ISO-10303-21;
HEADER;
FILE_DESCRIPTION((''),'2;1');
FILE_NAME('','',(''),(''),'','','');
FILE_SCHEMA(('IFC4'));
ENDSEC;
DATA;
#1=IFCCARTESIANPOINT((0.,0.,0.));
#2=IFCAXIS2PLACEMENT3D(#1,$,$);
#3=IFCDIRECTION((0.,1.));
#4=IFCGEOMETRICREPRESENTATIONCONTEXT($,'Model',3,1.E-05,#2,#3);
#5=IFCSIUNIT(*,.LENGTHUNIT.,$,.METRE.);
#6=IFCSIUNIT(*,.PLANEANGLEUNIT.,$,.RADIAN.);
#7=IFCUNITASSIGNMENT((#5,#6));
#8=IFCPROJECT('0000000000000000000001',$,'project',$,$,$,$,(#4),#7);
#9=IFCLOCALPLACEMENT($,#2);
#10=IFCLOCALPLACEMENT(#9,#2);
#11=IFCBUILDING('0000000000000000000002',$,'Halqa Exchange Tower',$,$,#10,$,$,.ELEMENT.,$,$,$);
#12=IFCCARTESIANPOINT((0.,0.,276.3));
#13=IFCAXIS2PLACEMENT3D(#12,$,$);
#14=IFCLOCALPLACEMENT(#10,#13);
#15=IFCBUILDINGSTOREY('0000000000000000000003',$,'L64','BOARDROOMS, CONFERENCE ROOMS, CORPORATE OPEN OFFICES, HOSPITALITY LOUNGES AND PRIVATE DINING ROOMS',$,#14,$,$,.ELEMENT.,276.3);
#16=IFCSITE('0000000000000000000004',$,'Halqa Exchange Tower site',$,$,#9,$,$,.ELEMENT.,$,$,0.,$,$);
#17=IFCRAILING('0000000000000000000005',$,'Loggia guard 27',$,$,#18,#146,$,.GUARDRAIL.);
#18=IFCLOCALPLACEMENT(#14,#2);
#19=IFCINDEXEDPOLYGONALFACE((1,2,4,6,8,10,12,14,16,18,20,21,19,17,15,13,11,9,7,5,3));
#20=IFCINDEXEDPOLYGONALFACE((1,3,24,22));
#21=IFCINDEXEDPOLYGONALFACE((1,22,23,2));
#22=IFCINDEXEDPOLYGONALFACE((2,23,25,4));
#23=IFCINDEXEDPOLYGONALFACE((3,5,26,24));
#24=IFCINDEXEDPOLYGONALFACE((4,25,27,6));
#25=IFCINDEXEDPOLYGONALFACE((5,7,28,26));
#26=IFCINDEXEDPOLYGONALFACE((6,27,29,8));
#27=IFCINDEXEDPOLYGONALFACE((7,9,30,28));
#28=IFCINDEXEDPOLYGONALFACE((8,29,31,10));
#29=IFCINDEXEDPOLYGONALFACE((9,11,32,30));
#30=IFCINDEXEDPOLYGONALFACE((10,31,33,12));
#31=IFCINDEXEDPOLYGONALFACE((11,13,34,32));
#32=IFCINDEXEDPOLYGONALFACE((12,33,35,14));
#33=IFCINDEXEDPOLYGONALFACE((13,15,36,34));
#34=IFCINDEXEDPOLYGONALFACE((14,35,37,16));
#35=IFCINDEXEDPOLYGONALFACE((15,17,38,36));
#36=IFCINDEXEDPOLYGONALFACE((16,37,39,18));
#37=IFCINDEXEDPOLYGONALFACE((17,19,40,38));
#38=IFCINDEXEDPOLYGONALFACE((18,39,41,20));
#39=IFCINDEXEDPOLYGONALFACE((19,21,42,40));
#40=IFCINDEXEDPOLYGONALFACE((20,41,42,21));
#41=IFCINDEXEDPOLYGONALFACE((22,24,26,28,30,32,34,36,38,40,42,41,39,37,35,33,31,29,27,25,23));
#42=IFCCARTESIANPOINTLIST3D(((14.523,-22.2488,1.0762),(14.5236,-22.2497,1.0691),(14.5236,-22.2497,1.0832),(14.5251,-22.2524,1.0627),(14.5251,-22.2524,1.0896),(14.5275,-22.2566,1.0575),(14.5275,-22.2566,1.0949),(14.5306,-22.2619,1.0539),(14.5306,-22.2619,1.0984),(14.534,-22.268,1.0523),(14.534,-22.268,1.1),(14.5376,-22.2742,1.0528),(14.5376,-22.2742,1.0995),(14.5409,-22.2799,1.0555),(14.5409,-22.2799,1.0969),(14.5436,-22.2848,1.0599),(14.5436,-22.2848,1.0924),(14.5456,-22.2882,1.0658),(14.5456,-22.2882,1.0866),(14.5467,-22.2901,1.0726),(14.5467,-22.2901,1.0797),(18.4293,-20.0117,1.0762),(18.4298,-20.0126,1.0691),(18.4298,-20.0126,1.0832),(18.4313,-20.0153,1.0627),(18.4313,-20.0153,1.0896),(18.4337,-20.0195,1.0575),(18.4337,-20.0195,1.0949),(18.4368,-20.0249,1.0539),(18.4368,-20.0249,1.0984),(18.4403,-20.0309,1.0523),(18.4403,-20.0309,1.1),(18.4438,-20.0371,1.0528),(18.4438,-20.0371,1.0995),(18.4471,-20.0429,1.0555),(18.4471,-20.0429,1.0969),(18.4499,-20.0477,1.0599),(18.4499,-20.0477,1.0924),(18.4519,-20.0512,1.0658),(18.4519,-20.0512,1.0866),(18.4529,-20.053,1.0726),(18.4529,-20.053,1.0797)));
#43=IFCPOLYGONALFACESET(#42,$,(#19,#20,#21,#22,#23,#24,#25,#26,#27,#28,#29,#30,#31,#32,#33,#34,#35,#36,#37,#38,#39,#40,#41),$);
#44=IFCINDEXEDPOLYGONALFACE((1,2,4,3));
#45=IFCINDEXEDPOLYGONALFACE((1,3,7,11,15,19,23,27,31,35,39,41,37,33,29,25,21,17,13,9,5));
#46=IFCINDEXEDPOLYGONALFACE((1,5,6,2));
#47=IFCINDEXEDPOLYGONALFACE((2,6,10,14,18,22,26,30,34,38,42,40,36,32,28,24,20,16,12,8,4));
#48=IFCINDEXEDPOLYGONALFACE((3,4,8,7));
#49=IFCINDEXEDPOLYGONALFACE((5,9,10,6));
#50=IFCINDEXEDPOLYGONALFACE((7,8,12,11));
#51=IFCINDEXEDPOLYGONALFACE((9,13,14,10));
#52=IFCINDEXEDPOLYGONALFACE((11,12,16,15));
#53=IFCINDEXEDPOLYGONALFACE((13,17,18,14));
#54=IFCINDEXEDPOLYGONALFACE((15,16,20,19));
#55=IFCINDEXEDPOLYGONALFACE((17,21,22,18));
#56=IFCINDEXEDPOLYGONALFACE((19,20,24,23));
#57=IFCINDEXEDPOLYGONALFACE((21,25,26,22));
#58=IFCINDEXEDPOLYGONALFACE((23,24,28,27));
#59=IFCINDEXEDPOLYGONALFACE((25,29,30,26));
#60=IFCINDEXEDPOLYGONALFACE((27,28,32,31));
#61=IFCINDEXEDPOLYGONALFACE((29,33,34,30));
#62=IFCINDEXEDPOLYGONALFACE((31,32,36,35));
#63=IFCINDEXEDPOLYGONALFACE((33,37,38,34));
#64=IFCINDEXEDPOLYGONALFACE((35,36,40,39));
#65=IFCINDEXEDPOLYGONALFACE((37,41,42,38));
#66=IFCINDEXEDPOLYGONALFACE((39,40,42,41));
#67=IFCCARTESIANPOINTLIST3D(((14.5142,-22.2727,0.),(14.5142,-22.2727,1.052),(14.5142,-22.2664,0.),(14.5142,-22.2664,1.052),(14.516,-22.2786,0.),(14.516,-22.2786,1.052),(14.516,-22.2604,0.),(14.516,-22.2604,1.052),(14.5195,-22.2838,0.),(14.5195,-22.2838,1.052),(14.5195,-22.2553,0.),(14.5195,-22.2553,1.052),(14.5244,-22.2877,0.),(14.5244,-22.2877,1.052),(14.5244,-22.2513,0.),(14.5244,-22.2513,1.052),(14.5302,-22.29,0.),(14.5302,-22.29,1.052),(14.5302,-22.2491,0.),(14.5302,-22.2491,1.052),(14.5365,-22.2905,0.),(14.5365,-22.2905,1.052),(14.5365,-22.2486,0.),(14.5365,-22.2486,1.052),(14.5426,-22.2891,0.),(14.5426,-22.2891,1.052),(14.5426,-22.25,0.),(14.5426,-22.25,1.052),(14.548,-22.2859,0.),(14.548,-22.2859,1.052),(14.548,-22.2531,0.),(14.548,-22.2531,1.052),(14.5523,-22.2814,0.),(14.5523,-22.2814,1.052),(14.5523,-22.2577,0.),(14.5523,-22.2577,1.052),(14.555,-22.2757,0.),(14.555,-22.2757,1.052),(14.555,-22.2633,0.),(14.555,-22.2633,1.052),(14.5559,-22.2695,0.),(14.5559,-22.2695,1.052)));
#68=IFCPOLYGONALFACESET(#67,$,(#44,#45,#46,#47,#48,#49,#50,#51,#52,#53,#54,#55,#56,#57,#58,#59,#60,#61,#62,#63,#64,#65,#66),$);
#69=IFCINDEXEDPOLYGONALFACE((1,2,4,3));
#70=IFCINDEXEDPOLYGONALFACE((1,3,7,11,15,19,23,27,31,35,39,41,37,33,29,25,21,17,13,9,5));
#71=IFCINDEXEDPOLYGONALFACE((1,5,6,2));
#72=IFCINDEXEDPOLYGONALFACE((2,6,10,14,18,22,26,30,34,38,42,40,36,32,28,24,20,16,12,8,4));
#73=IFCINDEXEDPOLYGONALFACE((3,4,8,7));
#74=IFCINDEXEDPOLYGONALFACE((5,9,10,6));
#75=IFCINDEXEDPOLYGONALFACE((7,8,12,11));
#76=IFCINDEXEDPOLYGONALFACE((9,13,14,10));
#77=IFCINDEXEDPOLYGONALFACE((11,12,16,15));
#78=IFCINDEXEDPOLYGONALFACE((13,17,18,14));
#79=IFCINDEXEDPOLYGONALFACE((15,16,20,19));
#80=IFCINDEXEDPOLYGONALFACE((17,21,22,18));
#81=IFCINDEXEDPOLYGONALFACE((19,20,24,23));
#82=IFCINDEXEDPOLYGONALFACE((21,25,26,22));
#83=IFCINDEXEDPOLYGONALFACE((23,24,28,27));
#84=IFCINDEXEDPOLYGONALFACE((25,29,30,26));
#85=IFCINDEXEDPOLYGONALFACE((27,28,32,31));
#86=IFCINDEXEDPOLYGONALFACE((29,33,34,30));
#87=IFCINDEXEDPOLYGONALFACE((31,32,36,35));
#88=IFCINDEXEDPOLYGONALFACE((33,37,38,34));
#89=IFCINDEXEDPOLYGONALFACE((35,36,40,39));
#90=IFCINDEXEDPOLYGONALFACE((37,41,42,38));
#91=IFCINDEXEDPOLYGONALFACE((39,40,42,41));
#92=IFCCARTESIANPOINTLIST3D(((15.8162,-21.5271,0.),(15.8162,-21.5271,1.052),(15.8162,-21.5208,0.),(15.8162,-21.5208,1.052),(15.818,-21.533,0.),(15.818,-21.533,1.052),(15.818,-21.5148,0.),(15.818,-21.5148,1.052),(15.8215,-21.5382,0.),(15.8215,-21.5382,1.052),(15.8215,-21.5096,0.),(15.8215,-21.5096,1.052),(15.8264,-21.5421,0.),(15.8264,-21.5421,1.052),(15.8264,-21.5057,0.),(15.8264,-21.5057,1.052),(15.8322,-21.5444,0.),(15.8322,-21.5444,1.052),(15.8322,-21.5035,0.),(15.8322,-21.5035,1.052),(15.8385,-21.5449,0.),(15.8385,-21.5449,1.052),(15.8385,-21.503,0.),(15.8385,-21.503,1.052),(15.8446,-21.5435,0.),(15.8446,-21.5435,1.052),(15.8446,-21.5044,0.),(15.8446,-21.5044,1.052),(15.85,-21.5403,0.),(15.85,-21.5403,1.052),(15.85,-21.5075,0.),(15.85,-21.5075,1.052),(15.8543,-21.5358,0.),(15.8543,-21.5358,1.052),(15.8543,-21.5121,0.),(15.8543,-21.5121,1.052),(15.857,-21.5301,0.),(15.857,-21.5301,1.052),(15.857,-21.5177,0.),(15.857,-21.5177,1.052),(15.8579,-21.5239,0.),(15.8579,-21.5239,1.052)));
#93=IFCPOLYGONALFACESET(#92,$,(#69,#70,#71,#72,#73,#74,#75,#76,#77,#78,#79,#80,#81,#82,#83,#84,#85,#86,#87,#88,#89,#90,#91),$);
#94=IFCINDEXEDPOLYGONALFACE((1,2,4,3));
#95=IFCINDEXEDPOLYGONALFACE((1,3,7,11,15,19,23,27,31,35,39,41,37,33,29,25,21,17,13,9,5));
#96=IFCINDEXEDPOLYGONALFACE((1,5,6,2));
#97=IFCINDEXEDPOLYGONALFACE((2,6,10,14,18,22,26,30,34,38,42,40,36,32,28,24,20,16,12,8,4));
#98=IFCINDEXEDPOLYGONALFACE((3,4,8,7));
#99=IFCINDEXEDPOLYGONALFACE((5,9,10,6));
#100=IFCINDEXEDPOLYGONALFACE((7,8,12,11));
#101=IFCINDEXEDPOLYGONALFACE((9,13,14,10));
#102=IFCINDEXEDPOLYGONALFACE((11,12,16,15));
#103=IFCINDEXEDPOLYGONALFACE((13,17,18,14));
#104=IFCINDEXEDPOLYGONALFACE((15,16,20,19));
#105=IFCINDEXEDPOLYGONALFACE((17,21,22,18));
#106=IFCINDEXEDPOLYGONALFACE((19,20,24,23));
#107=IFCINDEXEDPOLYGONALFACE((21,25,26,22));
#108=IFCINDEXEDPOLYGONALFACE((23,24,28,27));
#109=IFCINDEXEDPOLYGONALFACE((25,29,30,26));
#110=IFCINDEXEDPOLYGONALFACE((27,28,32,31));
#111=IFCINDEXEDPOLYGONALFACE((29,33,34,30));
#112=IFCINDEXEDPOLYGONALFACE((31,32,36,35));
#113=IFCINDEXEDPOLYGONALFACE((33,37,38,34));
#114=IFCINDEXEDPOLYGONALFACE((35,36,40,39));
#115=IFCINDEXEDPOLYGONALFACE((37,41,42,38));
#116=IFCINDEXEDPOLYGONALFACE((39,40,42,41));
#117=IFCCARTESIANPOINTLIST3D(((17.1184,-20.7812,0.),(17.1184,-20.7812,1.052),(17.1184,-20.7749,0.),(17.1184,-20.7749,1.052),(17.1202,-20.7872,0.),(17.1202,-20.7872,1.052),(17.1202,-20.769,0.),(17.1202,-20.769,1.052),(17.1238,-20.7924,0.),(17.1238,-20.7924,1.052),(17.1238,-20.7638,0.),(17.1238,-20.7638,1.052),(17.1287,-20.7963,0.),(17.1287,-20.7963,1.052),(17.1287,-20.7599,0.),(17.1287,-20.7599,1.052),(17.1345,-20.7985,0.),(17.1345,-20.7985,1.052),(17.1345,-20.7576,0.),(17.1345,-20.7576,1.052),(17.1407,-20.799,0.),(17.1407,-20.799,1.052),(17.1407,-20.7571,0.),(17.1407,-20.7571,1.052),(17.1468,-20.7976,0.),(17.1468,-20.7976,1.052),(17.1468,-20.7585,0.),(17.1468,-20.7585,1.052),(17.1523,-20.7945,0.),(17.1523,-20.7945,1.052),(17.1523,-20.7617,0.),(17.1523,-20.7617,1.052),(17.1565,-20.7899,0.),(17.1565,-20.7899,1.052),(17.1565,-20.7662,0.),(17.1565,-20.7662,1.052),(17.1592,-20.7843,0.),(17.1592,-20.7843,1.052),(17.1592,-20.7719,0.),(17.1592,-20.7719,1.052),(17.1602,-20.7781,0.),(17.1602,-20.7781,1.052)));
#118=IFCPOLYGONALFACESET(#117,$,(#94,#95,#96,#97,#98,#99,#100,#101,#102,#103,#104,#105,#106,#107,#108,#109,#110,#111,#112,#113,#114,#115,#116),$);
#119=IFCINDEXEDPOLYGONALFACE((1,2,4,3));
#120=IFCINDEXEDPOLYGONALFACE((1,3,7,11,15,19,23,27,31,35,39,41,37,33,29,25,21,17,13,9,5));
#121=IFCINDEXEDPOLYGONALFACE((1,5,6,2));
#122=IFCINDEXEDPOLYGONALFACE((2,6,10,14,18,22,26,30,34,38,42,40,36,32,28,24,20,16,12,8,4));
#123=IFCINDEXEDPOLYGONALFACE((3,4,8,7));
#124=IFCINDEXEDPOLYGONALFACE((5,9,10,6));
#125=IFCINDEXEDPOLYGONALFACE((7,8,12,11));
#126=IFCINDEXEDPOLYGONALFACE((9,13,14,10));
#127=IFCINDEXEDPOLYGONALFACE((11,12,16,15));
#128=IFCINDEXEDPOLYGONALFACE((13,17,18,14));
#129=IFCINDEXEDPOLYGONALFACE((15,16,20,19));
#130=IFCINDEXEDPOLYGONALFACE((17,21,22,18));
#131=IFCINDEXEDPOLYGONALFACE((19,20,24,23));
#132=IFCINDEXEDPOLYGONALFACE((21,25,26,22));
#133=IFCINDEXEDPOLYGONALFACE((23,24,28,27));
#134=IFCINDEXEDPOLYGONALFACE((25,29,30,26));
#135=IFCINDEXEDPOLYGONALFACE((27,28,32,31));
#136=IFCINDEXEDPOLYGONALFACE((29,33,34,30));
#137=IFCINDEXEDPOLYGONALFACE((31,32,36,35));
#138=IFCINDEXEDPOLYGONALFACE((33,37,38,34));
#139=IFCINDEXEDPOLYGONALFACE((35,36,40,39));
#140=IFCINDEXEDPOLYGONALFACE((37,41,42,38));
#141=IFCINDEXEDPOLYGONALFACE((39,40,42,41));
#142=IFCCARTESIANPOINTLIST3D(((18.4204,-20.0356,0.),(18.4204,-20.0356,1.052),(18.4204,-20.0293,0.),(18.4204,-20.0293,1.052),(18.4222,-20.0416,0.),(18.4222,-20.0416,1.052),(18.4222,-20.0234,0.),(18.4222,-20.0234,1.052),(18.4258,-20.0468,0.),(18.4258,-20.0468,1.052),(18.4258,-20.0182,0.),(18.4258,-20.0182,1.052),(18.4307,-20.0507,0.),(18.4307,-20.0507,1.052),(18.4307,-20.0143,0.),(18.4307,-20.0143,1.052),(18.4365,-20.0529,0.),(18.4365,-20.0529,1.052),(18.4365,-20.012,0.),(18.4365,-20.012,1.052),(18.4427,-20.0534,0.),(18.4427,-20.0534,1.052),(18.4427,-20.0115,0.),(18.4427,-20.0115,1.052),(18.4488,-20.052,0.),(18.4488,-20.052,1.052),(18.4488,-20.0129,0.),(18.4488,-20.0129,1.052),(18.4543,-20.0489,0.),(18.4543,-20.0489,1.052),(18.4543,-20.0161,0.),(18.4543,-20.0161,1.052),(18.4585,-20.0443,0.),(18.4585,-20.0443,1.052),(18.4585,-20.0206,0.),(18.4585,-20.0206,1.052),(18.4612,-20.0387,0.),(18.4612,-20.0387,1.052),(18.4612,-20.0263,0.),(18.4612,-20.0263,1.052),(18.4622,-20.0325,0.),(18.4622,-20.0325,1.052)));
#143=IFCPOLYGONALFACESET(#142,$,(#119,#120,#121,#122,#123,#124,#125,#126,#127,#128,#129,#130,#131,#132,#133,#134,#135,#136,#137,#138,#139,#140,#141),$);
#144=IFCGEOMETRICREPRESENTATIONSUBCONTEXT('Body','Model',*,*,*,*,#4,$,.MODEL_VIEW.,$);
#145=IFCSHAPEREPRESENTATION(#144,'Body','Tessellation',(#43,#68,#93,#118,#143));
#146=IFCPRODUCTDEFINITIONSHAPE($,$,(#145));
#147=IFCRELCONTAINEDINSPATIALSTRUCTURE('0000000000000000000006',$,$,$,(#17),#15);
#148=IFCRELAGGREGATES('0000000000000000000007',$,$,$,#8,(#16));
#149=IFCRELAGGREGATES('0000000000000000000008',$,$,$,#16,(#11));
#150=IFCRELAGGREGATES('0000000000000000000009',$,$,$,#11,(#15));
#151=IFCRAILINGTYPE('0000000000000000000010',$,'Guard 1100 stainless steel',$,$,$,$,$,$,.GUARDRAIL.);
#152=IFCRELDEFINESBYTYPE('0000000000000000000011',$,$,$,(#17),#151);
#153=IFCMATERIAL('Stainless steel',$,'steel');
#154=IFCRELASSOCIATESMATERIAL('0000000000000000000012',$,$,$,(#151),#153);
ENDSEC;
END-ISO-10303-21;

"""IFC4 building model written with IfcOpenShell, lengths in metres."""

from ifc_helpers import new_model, si_unit, direction, frame, origin, origin_2d, place, context, subcontext, project, spatial, circle, extrude, material, type_object, element, save


model = new_model("IFC4")

# Units and contexts
model_context = context("Model", 3, precision=1e-05, world=origin(), true_north=direction((0.0, 1.0)))
body_context = subcontext(model_context, "Body", "Model", "MODEL_VIEW")
ifc_project = project(units=[si_unit("LENGTHUNIT", "METRE"), si_unit("PLANEANGLEUNIT", "RADIAN")], contexts=[model_context])

# Site, building, storey
site_placement = place(None, origin())
site = spatial("IfcSite", under=ifc_project, at=site_placement, Name="Halqa Exchange Tower site", CompositionType="ELEMENT", RefElevation=0.0)
building_placement = place(site_placement, origin())
building = spatial("IfcBuilding", under=site, at=building_placement, Name="Halqa Exchange Tower", CompositionType="ELEMENT")
storey_placement = place(building_placement, frame((0.0, 0.0, 276.3)))
storey = spatial("IfcBuildingStorey", under=building, at=storey_placement, Name="L64", Description="BOARDROOMS, CONFERENCE ROOMS, CORPORATE OPEN OFFICES, HOSPITALITY LOUNGES AND PRIVATE DINING ROOMS", CompositionType="ELEMENT", Elevation=276.3)

# Railing
ifc_material_1 = material(Name="Stainless steel", Category="steel")
railing_type = type_object("IfcRailingType", Name="Guard 1100 stainless steel", PredefinedType="GUARDRAIL", material=ifc_material_1)
railing_1_placement = place(storey_placement, frame((14.5349, -22.2695, 0.0)))
element("IfcRailing", 1, at=railing_1_placement, inside=storey, type_object=railing_type, Name="Loggia guard 27", PredefinedType="GUARDRAIL", context=body_context, shape_type="SweptSolid", body=[
    extrude(circle(Radius=0.0239, at=origin_2d()), frame((0.0, 0.0, 1.0762), z_axis=(0.867772, 0.496962, 0.0), x_axis=(-0.496962, 0.867772, 0.0)), (0.0, 0.0, 1.0), 4.5015),
    extrude(circle(Radius=0.021, at=origin_2d()), origin(), (0.0, 0.0, 1.0), 1.052),
    extrude(circle(Radius=0.021, at=origin_2d()), frame((1.302, 0.7456, 0.0)), (0.0, 0.0, 1.0), 1.052),
    extrude(circle(Radius=0.021, at=origin_2d()), frame((2.6042, 1.4915, 0.0)), (0.0, 0.0, 1.0), 1.052),
    extrude(circle(Radius=0.021, at=origin_2d()), frame((3.9062, 2.2371, 0.0)), (0.0, 0.0, 1.0), 1.052),
])

save(model, "model.ifc")
